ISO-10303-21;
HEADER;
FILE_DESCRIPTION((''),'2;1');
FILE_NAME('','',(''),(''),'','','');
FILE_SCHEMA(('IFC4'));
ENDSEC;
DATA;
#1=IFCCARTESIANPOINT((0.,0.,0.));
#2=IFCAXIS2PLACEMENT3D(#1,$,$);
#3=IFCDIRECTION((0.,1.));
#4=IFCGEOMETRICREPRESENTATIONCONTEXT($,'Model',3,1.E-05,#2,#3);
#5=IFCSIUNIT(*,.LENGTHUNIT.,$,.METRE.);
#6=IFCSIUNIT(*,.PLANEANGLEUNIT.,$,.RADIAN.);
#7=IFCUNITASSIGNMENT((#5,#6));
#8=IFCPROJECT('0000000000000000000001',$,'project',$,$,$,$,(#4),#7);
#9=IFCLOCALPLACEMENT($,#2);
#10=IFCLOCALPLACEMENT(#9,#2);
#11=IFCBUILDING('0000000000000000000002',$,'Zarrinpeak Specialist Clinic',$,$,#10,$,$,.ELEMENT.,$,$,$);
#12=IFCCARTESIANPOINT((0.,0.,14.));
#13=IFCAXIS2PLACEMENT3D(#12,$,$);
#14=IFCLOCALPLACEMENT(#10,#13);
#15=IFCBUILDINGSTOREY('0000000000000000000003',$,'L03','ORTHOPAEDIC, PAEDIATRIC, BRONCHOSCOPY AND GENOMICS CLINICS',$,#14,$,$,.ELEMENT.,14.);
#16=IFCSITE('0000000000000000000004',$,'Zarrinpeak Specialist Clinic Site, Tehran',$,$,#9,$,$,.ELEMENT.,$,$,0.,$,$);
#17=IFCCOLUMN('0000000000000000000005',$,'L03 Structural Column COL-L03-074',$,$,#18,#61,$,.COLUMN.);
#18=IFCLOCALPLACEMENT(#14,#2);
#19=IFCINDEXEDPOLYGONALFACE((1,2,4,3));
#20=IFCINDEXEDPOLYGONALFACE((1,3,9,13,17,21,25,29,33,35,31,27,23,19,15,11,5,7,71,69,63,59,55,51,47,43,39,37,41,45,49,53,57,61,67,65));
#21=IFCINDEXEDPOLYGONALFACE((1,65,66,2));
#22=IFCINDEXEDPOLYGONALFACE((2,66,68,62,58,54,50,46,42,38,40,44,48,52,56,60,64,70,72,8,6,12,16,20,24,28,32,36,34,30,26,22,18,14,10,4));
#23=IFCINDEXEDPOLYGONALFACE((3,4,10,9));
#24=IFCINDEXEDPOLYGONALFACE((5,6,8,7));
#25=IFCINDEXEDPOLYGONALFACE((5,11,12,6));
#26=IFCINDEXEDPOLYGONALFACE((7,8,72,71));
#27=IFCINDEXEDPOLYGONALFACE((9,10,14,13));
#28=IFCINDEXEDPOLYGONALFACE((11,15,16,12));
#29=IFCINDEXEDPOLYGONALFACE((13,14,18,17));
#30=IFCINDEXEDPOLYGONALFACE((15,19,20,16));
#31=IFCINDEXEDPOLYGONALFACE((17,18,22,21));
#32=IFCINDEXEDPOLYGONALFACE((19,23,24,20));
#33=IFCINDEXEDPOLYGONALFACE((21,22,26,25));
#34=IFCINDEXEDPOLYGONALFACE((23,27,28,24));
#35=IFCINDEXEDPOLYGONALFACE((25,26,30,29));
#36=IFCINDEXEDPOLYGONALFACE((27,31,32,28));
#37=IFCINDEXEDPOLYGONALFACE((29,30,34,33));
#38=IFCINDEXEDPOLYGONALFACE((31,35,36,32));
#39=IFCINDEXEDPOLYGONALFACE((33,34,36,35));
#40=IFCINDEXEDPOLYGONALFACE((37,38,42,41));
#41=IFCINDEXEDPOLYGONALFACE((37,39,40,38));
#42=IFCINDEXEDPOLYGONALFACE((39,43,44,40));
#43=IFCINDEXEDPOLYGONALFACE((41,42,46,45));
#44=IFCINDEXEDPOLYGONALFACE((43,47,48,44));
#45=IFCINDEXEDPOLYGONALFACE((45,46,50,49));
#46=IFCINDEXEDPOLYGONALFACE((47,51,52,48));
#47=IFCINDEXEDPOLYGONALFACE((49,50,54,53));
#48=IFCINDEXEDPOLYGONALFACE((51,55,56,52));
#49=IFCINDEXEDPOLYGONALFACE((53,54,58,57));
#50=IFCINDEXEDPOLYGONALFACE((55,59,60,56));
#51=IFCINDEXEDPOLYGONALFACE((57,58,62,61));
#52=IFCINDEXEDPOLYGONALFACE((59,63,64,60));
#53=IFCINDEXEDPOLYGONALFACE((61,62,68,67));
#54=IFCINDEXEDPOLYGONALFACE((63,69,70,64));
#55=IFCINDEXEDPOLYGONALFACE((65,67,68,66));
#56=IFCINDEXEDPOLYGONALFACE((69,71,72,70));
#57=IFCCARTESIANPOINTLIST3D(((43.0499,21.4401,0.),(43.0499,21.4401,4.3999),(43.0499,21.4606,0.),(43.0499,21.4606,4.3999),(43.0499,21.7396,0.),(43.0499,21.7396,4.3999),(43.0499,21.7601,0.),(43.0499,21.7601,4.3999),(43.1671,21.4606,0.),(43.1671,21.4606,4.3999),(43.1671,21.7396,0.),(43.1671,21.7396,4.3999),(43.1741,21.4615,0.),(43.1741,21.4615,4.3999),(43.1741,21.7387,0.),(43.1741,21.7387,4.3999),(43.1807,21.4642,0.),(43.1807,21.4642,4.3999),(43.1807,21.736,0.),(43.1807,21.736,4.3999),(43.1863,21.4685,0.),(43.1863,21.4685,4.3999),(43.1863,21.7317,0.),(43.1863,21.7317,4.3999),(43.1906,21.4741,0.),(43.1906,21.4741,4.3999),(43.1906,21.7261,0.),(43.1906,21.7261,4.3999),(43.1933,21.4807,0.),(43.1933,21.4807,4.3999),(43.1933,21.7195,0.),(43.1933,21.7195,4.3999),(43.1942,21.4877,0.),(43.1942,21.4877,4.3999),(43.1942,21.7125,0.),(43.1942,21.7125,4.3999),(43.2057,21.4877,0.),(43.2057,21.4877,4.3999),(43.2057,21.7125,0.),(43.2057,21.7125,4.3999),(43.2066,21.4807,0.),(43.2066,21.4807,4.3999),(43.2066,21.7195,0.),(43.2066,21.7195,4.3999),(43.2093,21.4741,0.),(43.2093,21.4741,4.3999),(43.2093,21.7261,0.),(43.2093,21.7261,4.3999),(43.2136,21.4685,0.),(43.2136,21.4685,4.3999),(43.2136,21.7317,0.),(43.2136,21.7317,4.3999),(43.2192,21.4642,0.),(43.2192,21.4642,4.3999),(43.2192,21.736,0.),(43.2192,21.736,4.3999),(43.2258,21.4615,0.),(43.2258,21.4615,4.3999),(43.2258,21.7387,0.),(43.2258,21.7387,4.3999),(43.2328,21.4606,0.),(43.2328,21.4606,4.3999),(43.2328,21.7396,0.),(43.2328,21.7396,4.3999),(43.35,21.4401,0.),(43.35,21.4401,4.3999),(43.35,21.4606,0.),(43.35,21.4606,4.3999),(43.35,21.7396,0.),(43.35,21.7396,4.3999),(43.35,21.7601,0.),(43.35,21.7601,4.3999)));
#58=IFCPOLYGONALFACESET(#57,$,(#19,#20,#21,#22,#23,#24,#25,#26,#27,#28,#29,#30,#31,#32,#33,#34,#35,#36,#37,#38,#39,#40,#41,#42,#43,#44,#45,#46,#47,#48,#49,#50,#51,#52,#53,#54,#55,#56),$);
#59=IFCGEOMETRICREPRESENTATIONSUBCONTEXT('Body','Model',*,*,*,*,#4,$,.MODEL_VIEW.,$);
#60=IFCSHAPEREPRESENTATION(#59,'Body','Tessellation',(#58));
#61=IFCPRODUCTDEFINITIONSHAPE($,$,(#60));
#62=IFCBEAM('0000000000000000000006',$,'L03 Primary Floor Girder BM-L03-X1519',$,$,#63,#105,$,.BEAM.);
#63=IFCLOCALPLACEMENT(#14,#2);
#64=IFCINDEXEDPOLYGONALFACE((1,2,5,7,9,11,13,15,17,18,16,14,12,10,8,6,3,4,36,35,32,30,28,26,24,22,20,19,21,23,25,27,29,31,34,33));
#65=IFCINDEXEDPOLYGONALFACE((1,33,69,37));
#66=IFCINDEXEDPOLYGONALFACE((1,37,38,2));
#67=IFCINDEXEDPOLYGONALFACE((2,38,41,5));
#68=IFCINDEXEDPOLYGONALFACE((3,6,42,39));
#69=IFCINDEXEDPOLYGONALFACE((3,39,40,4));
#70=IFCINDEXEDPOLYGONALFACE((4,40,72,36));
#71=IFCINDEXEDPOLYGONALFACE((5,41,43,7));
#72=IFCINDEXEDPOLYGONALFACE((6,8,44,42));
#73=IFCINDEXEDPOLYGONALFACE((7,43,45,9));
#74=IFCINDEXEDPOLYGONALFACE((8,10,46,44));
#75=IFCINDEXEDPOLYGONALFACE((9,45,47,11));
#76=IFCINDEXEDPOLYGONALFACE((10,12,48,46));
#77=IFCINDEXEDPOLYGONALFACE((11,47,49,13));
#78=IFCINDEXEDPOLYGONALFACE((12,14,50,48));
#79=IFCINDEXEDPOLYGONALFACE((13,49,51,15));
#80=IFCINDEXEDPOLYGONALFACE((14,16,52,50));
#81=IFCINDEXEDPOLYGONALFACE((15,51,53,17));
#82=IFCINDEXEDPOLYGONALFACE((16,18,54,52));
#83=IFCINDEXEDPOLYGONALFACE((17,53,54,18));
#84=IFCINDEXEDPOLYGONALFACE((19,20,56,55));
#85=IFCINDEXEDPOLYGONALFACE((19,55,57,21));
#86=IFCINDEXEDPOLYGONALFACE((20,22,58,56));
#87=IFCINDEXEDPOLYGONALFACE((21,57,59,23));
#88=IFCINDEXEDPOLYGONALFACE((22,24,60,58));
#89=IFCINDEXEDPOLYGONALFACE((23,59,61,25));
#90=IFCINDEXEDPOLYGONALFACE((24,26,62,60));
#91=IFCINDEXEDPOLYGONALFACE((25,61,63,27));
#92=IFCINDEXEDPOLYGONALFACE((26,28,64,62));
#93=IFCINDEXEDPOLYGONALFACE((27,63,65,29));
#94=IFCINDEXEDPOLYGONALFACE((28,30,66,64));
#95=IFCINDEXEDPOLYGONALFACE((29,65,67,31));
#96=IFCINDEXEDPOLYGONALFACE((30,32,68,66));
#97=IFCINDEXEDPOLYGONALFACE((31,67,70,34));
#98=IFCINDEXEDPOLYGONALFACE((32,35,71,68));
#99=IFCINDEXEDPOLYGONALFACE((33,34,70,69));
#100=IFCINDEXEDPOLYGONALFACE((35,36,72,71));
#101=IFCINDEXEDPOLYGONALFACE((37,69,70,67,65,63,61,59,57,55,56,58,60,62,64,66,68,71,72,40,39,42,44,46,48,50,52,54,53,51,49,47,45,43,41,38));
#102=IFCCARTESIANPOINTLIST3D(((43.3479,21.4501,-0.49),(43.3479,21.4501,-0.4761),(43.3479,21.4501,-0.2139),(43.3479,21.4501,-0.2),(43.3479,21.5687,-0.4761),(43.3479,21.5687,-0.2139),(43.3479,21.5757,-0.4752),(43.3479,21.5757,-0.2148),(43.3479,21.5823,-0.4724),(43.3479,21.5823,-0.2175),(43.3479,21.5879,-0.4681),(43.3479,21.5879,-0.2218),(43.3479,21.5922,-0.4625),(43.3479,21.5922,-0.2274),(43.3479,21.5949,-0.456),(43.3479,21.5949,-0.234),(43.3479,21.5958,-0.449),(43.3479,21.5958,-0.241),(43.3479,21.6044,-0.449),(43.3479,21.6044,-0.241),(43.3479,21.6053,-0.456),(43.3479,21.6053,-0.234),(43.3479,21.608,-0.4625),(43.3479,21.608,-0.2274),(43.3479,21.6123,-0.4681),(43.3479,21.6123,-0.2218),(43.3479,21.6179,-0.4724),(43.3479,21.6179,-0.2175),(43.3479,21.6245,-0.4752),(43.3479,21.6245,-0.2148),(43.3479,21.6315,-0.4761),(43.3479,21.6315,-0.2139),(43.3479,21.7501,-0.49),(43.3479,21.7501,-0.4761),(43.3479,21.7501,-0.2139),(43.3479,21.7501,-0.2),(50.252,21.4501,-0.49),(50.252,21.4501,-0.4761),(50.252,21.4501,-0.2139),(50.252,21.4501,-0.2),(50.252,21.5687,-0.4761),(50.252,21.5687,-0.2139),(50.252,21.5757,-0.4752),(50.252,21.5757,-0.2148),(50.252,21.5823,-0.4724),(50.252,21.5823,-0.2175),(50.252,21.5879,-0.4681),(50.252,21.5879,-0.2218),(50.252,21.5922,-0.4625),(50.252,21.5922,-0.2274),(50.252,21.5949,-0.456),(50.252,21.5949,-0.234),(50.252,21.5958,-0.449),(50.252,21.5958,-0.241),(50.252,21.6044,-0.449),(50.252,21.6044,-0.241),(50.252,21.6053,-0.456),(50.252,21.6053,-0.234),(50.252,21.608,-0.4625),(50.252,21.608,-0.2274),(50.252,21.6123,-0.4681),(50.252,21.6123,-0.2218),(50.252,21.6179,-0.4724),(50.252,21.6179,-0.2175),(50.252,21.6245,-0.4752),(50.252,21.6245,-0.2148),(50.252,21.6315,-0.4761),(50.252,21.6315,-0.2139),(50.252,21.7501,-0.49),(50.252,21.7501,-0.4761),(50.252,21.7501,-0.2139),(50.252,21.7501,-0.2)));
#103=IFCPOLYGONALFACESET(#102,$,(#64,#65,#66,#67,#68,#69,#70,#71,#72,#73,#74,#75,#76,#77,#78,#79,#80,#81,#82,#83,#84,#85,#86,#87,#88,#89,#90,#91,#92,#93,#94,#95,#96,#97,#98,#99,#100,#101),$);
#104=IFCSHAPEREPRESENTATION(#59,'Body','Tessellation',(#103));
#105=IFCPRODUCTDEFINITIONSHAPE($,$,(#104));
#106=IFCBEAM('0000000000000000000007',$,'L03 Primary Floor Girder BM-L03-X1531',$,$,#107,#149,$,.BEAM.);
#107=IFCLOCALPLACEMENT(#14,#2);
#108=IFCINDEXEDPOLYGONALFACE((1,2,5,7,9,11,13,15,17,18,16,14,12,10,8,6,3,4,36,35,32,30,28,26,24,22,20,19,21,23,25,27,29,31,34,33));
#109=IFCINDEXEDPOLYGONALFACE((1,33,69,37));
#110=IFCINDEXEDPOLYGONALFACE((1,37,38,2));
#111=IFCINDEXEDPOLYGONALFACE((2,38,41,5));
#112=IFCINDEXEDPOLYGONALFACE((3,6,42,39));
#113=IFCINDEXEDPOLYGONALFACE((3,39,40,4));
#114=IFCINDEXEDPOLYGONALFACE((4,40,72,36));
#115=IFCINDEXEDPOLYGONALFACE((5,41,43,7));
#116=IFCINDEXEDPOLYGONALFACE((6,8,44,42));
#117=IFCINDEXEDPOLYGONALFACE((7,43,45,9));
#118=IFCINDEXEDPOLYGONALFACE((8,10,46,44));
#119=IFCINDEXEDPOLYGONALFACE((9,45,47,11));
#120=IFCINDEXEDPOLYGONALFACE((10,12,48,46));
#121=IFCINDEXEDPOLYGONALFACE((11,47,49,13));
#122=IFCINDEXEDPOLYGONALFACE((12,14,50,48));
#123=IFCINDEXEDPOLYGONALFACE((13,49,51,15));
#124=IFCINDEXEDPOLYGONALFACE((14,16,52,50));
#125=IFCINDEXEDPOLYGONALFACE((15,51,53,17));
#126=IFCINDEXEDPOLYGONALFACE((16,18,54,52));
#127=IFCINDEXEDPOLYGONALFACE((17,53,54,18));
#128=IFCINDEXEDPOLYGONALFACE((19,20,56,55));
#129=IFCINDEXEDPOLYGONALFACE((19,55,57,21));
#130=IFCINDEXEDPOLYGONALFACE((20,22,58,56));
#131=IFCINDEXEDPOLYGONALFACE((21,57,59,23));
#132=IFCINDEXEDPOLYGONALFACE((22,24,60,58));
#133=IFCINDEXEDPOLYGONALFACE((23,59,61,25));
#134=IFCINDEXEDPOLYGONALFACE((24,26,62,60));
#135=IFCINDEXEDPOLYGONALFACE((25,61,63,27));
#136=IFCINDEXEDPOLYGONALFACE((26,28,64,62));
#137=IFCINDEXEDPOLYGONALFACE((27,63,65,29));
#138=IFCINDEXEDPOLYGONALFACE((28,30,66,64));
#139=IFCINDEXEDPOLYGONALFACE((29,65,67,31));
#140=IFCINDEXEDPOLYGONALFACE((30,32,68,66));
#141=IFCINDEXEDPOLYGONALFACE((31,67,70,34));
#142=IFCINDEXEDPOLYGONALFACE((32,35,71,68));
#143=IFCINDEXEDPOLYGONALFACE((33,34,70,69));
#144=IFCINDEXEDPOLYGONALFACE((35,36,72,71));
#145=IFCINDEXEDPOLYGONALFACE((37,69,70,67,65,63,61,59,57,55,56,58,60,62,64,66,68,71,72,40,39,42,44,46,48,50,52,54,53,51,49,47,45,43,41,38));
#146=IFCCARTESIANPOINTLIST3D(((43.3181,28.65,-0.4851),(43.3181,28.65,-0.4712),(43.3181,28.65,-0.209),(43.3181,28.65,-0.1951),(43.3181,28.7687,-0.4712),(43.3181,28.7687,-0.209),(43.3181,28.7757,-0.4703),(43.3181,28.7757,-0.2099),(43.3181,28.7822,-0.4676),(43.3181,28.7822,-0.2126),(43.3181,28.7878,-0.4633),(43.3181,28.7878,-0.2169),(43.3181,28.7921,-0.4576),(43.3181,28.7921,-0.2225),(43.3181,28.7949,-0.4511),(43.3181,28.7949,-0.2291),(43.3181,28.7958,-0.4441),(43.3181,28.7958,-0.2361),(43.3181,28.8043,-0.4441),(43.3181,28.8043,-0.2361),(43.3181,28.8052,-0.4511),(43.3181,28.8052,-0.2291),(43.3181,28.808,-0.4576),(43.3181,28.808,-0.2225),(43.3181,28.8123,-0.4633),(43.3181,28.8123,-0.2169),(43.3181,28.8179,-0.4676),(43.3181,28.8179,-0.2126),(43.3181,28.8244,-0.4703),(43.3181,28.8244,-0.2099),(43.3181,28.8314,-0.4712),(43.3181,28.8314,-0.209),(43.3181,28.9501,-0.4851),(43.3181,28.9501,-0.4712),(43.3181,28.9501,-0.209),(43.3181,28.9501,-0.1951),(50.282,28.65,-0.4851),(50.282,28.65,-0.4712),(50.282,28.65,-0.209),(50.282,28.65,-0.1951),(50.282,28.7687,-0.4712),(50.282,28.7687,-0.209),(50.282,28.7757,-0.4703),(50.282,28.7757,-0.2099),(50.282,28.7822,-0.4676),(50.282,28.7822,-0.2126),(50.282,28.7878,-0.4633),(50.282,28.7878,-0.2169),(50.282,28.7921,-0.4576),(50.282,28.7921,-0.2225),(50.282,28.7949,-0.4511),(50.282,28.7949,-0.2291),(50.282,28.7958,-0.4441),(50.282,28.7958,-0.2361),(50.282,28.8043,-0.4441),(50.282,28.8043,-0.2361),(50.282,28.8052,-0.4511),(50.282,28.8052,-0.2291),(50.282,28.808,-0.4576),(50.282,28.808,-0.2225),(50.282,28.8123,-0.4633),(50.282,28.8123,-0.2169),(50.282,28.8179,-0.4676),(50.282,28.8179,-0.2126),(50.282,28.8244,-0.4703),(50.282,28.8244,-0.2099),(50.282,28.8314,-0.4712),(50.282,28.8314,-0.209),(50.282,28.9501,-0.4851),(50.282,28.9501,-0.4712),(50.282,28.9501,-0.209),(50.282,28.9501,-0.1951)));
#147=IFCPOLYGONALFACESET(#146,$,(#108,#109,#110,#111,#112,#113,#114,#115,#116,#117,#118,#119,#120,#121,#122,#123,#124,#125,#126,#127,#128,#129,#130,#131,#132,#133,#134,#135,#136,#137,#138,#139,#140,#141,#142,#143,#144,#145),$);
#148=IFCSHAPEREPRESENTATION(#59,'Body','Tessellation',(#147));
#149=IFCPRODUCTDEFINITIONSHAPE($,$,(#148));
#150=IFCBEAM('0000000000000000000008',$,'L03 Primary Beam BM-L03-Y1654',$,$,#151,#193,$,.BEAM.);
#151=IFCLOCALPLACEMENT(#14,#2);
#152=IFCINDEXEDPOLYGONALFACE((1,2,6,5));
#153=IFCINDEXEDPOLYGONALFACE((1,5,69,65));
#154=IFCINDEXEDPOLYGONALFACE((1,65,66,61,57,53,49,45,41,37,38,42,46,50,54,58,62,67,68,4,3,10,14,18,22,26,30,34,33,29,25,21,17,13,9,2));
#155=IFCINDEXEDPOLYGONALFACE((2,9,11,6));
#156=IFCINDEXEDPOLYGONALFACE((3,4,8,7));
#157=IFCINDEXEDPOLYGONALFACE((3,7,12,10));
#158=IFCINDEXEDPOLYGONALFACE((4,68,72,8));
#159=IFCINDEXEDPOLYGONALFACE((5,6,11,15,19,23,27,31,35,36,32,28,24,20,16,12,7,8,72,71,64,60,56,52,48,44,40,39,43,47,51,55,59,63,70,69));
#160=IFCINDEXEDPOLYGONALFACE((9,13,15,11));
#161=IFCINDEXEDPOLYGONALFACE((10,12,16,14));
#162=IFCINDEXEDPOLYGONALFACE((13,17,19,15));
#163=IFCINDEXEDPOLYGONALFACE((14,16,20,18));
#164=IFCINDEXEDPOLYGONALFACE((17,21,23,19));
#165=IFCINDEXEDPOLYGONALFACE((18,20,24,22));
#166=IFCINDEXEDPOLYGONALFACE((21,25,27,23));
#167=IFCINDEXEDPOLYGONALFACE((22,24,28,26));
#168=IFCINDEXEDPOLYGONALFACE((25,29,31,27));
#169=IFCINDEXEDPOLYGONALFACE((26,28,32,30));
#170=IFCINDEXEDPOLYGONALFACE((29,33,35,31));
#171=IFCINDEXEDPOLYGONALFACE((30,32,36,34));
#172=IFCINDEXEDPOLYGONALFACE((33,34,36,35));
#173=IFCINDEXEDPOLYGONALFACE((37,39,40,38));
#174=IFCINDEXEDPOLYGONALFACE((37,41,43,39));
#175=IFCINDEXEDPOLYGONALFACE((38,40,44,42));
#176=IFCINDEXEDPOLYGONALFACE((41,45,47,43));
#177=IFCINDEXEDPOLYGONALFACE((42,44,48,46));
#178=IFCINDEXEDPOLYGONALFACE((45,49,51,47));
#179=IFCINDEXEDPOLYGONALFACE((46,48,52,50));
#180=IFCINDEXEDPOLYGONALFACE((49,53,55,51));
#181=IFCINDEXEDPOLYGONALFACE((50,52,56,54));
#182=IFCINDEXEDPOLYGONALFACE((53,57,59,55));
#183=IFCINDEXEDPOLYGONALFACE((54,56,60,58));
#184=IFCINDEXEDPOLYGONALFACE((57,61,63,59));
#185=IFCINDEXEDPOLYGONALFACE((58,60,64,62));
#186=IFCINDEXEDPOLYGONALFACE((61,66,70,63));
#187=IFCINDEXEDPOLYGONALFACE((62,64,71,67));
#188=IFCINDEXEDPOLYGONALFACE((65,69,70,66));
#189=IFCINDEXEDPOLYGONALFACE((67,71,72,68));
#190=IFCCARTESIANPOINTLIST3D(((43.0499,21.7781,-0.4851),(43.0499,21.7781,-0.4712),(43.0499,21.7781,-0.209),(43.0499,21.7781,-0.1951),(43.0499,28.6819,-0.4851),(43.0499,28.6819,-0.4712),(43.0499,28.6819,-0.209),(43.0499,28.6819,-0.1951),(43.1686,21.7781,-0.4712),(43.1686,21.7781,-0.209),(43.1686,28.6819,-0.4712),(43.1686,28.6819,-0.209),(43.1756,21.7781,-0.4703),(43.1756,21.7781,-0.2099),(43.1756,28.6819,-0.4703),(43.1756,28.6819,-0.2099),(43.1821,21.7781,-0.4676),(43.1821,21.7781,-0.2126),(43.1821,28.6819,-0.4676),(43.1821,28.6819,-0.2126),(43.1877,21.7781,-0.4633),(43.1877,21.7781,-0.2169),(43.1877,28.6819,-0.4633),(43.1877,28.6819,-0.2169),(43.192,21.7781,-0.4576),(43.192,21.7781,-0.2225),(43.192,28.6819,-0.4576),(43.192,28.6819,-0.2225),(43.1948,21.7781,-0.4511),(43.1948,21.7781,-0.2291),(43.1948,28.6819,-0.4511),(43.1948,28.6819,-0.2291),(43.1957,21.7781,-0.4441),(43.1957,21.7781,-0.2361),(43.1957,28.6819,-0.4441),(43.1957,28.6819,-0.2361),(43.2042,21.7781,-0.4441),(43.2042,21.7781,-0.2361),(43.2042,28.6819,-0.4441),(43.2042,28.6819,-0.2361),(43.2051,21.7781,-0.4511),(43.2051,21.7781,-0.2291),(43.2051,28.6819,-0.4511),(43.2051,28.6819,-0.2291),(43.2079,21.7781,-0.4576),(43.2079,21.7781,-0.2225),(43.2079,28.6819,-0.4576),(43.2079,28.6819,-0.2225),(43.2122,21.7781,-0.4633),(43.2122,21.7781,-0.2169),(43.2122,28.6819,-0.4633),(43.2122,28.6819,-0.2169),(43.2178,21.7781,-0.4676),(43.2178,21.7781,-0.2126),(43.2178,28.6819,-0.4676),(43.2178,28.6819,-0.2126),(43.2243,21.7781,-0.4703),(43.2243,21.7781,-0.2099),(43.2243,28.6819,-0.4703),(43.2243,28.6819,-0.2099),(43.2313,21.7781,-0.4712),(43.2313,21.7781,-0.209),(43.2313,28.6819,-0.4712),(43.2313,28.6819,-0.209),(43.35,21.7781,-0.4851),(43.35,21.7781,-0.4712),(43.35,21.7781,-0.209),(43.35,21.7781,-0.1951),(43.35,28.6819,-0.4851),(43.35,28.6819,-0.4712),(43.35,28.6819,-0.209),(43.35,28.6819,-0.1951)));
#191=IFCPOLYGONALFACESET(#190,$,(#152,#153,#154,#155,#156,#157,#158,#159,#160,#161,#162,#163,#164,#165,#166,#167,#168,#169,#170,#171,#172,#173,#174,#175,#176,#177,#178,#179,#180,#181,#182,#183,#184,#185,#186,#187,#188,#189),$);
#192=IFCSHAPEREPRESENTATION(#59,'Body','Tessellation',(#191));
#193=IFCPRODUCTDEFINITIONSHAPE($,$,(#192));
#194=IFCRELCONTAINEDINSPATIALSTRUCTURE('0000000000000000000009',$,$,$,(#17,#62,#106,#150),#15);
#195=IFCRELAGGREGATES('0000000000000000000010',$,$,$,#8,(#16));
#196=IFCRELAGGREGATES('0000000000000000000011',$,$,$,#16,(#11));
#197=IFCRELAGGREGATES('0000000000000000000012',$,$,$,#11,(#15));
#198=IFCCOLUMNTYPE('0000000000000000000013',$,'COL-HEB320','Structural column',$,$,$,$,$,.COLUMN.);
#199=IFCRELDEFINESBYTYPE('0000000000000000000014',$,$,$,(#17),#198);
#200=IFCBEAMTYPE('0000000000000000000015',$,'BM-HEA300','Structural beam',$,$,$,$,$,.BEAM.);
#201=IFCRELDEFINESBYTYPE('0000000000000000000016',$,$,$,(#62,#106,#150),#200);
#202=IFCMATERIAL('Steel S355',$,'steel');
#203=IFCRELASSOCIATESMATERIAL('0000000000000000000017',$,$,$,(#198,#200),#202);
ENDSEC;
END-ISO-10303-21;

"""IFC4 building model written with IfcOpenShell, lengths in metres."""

from ifc_helpers import new_model, si_unit, direction, frame, origin, origin_2d, place, context, subcontext, project, spatial, i_section, extrude, material, material_profile, profile_set, type_object, element, save


model = new_model("IFC4")

# Units and contexts
model_context = context("Model", 3, precision=1e-05, world=origin(), true_north=direction((0.0, 1.0)))
body_context = subcontext(model_context, "Body", "Model", "MODEL_VIEW")
ifc_project = project(units=[si_unit("LENGTHUNIT", "METRE"), si_unit("PLANEANGLEUNIT", "RADIAN")], contexts=[model_context])

# Site, building, storey
site_placement = place(None, origin())
site = spatial("IfcSite", under=ifc_project, at=site_placement, Name="Zarrinpeak Specialist Clinic Site, Tehran", CompositionType="ELEMENT", RefElevation=0.0)
building_placement = place(site_placement, origin())
building = spatial("IfcBuilding", under=site, at=building_placement, Name="Zarrinpeak Specialist Clinic", CompositionType="ELEMENT")
storey_placement = place(building_placement, frame((0.0, 0.0, 14.0)))
storey = spatial("IfcBuildingStorey", under=building, at=storey_placement, Name="L03", Description="ORTHOPAEDIC, PAEDIATRIC, BRONCHOSCOPY AND GENOMICS CLINICS", CompositionType="ELEMENT", Elevation=14.0)

# Column
ifc_material_1 = material(Name="Steel S355", Category="steel")
ifc_material_profile_1 = material_profile(ifc_material_1, i_section(OverallWidth=0.3, OverallDepth=0.3201, WebThickness=0.0115, FlangeThickness=0.0205, FilletRadius=0.0271, at=origin_2d()), Name="HEB 320")
ifc_profile_set_1 = profile_set([ifc_material_profile_1], Name="Steel S355")
column_type = type_object("IfcColumnType", Name="COL-HEB320", Description="Structural column", PredefinedType="COLUMN", material=ifc_profile_set_1)
column_placement = place(storey_placement, frame((43.2, 21.6001, 0.0), z_axis=(0.0, 0.0, 1.0), x_axis=(1.0, 0.0, 0.0)))
element("IfcColumn", 1, at=column_placement, inside=storey, type_object=column_type, Name="L03 Structural Column COL-L03-074", PredefinedType="COLUMN", context=body_context, shape_type="SweptSolid", body=[
    extrude(i_section(OverallWidth=0.3, OverallDepth=0.3201, WebThickness=0.0115, FlangeThickness=0.0205, FilletRadius=0.0271, at=origin_2d()), origin(), (0.0, 0.0, 1.0), 4.3999),
])

# Beams
ifc_material_profile_2 = material_profile(ifc_material_1, i_section(OverallWidth=0.3, OverallDepth=0.29, WebThickness=0.0085, FlangeThickness=0.0139, FilletRadius=0.0271, at=origin_2d()), Name="HEA 300")
ifc_profile_set_2 = profile_set([ifc_material_profile_2], Name="Steel S355")
beam_type = type_object("IfcBeamType", Name="BM-HEA300", Description="Structural beam", PredefinedType="BEAM", material=ifc_profile_set_2)
beam_1_placement = place(storey_placement, frame((43.3479, 21.6001, -0.345), z_axis=(1.0, 0.0, 0.0), x_axis=(0.0, 1.0, 0.0)))
element("IfcBeam", 2, at=beam_1_placement, inside=storey, type_object=beam_type, Name="L03 Primary Floor Girder BM-L03-X1519", PredefinedType="BEAM", context=body_context, shape_type="SweptSolid", body=[
    extrude(i_section(OverallWidth=0.3, OverallDepth=0.29, WebThickness=0.0085, FlangeThickness=0.0139, FilletRadius=0.0271, at=origin_2d()), origin(), (0.0, 0.0, 1.0), 6.9041),
])
beam_2_placement = place(storey_placement, frame((43.3181, 28.8, -0.3401), z_axis=(1.0, 0.0, 0.0), x_axis=(0.0, 1.0, 0.0)))
element("IfcBeam", 3, at=beam_2_placement, inside=storey, type_object=beam_type, Name="L03 Primary Floor Girder BM-L03-X1531", PredefinedType="BEAM", context=body_context, shape_type="SweptSolid", body=[
    extrude(i_section(OverallWidth=0.3, OverallDepth=0.29, WebThickness=0.0085, FlangeThickness=0.0139, FilletRadius=0.0271, at=origin_2d()), origin(), (0.0, 0.0, 1.0), 6.9639),
])
beam_3_placement = place(storey_placement, frame((43.2, 21.7781, -0.3401), z_axis=(0.0, 1.0, 0.0), x_axis=(-1.0, 0.0, 0.0)))
element("IfcBeam", 4, at=beam_3_placement, inside=storey, type_object=beam_type, Name="L03 Primary Beam BM-L03-Y1654", PredefinedType="BEAM", context=body_context, shape_type="SweptSolid", body=[
    extrude(i_section(OverallWidth=0.3, OverallDepth=0.29, WebThickness=0.0085, FlangeThickness=0.0139, FilletRadius=0.0271, at=origin_2d()), origin(), (0.0, 0.0, 1.0), 6.9038),
])

save(model, "model.ifc")
